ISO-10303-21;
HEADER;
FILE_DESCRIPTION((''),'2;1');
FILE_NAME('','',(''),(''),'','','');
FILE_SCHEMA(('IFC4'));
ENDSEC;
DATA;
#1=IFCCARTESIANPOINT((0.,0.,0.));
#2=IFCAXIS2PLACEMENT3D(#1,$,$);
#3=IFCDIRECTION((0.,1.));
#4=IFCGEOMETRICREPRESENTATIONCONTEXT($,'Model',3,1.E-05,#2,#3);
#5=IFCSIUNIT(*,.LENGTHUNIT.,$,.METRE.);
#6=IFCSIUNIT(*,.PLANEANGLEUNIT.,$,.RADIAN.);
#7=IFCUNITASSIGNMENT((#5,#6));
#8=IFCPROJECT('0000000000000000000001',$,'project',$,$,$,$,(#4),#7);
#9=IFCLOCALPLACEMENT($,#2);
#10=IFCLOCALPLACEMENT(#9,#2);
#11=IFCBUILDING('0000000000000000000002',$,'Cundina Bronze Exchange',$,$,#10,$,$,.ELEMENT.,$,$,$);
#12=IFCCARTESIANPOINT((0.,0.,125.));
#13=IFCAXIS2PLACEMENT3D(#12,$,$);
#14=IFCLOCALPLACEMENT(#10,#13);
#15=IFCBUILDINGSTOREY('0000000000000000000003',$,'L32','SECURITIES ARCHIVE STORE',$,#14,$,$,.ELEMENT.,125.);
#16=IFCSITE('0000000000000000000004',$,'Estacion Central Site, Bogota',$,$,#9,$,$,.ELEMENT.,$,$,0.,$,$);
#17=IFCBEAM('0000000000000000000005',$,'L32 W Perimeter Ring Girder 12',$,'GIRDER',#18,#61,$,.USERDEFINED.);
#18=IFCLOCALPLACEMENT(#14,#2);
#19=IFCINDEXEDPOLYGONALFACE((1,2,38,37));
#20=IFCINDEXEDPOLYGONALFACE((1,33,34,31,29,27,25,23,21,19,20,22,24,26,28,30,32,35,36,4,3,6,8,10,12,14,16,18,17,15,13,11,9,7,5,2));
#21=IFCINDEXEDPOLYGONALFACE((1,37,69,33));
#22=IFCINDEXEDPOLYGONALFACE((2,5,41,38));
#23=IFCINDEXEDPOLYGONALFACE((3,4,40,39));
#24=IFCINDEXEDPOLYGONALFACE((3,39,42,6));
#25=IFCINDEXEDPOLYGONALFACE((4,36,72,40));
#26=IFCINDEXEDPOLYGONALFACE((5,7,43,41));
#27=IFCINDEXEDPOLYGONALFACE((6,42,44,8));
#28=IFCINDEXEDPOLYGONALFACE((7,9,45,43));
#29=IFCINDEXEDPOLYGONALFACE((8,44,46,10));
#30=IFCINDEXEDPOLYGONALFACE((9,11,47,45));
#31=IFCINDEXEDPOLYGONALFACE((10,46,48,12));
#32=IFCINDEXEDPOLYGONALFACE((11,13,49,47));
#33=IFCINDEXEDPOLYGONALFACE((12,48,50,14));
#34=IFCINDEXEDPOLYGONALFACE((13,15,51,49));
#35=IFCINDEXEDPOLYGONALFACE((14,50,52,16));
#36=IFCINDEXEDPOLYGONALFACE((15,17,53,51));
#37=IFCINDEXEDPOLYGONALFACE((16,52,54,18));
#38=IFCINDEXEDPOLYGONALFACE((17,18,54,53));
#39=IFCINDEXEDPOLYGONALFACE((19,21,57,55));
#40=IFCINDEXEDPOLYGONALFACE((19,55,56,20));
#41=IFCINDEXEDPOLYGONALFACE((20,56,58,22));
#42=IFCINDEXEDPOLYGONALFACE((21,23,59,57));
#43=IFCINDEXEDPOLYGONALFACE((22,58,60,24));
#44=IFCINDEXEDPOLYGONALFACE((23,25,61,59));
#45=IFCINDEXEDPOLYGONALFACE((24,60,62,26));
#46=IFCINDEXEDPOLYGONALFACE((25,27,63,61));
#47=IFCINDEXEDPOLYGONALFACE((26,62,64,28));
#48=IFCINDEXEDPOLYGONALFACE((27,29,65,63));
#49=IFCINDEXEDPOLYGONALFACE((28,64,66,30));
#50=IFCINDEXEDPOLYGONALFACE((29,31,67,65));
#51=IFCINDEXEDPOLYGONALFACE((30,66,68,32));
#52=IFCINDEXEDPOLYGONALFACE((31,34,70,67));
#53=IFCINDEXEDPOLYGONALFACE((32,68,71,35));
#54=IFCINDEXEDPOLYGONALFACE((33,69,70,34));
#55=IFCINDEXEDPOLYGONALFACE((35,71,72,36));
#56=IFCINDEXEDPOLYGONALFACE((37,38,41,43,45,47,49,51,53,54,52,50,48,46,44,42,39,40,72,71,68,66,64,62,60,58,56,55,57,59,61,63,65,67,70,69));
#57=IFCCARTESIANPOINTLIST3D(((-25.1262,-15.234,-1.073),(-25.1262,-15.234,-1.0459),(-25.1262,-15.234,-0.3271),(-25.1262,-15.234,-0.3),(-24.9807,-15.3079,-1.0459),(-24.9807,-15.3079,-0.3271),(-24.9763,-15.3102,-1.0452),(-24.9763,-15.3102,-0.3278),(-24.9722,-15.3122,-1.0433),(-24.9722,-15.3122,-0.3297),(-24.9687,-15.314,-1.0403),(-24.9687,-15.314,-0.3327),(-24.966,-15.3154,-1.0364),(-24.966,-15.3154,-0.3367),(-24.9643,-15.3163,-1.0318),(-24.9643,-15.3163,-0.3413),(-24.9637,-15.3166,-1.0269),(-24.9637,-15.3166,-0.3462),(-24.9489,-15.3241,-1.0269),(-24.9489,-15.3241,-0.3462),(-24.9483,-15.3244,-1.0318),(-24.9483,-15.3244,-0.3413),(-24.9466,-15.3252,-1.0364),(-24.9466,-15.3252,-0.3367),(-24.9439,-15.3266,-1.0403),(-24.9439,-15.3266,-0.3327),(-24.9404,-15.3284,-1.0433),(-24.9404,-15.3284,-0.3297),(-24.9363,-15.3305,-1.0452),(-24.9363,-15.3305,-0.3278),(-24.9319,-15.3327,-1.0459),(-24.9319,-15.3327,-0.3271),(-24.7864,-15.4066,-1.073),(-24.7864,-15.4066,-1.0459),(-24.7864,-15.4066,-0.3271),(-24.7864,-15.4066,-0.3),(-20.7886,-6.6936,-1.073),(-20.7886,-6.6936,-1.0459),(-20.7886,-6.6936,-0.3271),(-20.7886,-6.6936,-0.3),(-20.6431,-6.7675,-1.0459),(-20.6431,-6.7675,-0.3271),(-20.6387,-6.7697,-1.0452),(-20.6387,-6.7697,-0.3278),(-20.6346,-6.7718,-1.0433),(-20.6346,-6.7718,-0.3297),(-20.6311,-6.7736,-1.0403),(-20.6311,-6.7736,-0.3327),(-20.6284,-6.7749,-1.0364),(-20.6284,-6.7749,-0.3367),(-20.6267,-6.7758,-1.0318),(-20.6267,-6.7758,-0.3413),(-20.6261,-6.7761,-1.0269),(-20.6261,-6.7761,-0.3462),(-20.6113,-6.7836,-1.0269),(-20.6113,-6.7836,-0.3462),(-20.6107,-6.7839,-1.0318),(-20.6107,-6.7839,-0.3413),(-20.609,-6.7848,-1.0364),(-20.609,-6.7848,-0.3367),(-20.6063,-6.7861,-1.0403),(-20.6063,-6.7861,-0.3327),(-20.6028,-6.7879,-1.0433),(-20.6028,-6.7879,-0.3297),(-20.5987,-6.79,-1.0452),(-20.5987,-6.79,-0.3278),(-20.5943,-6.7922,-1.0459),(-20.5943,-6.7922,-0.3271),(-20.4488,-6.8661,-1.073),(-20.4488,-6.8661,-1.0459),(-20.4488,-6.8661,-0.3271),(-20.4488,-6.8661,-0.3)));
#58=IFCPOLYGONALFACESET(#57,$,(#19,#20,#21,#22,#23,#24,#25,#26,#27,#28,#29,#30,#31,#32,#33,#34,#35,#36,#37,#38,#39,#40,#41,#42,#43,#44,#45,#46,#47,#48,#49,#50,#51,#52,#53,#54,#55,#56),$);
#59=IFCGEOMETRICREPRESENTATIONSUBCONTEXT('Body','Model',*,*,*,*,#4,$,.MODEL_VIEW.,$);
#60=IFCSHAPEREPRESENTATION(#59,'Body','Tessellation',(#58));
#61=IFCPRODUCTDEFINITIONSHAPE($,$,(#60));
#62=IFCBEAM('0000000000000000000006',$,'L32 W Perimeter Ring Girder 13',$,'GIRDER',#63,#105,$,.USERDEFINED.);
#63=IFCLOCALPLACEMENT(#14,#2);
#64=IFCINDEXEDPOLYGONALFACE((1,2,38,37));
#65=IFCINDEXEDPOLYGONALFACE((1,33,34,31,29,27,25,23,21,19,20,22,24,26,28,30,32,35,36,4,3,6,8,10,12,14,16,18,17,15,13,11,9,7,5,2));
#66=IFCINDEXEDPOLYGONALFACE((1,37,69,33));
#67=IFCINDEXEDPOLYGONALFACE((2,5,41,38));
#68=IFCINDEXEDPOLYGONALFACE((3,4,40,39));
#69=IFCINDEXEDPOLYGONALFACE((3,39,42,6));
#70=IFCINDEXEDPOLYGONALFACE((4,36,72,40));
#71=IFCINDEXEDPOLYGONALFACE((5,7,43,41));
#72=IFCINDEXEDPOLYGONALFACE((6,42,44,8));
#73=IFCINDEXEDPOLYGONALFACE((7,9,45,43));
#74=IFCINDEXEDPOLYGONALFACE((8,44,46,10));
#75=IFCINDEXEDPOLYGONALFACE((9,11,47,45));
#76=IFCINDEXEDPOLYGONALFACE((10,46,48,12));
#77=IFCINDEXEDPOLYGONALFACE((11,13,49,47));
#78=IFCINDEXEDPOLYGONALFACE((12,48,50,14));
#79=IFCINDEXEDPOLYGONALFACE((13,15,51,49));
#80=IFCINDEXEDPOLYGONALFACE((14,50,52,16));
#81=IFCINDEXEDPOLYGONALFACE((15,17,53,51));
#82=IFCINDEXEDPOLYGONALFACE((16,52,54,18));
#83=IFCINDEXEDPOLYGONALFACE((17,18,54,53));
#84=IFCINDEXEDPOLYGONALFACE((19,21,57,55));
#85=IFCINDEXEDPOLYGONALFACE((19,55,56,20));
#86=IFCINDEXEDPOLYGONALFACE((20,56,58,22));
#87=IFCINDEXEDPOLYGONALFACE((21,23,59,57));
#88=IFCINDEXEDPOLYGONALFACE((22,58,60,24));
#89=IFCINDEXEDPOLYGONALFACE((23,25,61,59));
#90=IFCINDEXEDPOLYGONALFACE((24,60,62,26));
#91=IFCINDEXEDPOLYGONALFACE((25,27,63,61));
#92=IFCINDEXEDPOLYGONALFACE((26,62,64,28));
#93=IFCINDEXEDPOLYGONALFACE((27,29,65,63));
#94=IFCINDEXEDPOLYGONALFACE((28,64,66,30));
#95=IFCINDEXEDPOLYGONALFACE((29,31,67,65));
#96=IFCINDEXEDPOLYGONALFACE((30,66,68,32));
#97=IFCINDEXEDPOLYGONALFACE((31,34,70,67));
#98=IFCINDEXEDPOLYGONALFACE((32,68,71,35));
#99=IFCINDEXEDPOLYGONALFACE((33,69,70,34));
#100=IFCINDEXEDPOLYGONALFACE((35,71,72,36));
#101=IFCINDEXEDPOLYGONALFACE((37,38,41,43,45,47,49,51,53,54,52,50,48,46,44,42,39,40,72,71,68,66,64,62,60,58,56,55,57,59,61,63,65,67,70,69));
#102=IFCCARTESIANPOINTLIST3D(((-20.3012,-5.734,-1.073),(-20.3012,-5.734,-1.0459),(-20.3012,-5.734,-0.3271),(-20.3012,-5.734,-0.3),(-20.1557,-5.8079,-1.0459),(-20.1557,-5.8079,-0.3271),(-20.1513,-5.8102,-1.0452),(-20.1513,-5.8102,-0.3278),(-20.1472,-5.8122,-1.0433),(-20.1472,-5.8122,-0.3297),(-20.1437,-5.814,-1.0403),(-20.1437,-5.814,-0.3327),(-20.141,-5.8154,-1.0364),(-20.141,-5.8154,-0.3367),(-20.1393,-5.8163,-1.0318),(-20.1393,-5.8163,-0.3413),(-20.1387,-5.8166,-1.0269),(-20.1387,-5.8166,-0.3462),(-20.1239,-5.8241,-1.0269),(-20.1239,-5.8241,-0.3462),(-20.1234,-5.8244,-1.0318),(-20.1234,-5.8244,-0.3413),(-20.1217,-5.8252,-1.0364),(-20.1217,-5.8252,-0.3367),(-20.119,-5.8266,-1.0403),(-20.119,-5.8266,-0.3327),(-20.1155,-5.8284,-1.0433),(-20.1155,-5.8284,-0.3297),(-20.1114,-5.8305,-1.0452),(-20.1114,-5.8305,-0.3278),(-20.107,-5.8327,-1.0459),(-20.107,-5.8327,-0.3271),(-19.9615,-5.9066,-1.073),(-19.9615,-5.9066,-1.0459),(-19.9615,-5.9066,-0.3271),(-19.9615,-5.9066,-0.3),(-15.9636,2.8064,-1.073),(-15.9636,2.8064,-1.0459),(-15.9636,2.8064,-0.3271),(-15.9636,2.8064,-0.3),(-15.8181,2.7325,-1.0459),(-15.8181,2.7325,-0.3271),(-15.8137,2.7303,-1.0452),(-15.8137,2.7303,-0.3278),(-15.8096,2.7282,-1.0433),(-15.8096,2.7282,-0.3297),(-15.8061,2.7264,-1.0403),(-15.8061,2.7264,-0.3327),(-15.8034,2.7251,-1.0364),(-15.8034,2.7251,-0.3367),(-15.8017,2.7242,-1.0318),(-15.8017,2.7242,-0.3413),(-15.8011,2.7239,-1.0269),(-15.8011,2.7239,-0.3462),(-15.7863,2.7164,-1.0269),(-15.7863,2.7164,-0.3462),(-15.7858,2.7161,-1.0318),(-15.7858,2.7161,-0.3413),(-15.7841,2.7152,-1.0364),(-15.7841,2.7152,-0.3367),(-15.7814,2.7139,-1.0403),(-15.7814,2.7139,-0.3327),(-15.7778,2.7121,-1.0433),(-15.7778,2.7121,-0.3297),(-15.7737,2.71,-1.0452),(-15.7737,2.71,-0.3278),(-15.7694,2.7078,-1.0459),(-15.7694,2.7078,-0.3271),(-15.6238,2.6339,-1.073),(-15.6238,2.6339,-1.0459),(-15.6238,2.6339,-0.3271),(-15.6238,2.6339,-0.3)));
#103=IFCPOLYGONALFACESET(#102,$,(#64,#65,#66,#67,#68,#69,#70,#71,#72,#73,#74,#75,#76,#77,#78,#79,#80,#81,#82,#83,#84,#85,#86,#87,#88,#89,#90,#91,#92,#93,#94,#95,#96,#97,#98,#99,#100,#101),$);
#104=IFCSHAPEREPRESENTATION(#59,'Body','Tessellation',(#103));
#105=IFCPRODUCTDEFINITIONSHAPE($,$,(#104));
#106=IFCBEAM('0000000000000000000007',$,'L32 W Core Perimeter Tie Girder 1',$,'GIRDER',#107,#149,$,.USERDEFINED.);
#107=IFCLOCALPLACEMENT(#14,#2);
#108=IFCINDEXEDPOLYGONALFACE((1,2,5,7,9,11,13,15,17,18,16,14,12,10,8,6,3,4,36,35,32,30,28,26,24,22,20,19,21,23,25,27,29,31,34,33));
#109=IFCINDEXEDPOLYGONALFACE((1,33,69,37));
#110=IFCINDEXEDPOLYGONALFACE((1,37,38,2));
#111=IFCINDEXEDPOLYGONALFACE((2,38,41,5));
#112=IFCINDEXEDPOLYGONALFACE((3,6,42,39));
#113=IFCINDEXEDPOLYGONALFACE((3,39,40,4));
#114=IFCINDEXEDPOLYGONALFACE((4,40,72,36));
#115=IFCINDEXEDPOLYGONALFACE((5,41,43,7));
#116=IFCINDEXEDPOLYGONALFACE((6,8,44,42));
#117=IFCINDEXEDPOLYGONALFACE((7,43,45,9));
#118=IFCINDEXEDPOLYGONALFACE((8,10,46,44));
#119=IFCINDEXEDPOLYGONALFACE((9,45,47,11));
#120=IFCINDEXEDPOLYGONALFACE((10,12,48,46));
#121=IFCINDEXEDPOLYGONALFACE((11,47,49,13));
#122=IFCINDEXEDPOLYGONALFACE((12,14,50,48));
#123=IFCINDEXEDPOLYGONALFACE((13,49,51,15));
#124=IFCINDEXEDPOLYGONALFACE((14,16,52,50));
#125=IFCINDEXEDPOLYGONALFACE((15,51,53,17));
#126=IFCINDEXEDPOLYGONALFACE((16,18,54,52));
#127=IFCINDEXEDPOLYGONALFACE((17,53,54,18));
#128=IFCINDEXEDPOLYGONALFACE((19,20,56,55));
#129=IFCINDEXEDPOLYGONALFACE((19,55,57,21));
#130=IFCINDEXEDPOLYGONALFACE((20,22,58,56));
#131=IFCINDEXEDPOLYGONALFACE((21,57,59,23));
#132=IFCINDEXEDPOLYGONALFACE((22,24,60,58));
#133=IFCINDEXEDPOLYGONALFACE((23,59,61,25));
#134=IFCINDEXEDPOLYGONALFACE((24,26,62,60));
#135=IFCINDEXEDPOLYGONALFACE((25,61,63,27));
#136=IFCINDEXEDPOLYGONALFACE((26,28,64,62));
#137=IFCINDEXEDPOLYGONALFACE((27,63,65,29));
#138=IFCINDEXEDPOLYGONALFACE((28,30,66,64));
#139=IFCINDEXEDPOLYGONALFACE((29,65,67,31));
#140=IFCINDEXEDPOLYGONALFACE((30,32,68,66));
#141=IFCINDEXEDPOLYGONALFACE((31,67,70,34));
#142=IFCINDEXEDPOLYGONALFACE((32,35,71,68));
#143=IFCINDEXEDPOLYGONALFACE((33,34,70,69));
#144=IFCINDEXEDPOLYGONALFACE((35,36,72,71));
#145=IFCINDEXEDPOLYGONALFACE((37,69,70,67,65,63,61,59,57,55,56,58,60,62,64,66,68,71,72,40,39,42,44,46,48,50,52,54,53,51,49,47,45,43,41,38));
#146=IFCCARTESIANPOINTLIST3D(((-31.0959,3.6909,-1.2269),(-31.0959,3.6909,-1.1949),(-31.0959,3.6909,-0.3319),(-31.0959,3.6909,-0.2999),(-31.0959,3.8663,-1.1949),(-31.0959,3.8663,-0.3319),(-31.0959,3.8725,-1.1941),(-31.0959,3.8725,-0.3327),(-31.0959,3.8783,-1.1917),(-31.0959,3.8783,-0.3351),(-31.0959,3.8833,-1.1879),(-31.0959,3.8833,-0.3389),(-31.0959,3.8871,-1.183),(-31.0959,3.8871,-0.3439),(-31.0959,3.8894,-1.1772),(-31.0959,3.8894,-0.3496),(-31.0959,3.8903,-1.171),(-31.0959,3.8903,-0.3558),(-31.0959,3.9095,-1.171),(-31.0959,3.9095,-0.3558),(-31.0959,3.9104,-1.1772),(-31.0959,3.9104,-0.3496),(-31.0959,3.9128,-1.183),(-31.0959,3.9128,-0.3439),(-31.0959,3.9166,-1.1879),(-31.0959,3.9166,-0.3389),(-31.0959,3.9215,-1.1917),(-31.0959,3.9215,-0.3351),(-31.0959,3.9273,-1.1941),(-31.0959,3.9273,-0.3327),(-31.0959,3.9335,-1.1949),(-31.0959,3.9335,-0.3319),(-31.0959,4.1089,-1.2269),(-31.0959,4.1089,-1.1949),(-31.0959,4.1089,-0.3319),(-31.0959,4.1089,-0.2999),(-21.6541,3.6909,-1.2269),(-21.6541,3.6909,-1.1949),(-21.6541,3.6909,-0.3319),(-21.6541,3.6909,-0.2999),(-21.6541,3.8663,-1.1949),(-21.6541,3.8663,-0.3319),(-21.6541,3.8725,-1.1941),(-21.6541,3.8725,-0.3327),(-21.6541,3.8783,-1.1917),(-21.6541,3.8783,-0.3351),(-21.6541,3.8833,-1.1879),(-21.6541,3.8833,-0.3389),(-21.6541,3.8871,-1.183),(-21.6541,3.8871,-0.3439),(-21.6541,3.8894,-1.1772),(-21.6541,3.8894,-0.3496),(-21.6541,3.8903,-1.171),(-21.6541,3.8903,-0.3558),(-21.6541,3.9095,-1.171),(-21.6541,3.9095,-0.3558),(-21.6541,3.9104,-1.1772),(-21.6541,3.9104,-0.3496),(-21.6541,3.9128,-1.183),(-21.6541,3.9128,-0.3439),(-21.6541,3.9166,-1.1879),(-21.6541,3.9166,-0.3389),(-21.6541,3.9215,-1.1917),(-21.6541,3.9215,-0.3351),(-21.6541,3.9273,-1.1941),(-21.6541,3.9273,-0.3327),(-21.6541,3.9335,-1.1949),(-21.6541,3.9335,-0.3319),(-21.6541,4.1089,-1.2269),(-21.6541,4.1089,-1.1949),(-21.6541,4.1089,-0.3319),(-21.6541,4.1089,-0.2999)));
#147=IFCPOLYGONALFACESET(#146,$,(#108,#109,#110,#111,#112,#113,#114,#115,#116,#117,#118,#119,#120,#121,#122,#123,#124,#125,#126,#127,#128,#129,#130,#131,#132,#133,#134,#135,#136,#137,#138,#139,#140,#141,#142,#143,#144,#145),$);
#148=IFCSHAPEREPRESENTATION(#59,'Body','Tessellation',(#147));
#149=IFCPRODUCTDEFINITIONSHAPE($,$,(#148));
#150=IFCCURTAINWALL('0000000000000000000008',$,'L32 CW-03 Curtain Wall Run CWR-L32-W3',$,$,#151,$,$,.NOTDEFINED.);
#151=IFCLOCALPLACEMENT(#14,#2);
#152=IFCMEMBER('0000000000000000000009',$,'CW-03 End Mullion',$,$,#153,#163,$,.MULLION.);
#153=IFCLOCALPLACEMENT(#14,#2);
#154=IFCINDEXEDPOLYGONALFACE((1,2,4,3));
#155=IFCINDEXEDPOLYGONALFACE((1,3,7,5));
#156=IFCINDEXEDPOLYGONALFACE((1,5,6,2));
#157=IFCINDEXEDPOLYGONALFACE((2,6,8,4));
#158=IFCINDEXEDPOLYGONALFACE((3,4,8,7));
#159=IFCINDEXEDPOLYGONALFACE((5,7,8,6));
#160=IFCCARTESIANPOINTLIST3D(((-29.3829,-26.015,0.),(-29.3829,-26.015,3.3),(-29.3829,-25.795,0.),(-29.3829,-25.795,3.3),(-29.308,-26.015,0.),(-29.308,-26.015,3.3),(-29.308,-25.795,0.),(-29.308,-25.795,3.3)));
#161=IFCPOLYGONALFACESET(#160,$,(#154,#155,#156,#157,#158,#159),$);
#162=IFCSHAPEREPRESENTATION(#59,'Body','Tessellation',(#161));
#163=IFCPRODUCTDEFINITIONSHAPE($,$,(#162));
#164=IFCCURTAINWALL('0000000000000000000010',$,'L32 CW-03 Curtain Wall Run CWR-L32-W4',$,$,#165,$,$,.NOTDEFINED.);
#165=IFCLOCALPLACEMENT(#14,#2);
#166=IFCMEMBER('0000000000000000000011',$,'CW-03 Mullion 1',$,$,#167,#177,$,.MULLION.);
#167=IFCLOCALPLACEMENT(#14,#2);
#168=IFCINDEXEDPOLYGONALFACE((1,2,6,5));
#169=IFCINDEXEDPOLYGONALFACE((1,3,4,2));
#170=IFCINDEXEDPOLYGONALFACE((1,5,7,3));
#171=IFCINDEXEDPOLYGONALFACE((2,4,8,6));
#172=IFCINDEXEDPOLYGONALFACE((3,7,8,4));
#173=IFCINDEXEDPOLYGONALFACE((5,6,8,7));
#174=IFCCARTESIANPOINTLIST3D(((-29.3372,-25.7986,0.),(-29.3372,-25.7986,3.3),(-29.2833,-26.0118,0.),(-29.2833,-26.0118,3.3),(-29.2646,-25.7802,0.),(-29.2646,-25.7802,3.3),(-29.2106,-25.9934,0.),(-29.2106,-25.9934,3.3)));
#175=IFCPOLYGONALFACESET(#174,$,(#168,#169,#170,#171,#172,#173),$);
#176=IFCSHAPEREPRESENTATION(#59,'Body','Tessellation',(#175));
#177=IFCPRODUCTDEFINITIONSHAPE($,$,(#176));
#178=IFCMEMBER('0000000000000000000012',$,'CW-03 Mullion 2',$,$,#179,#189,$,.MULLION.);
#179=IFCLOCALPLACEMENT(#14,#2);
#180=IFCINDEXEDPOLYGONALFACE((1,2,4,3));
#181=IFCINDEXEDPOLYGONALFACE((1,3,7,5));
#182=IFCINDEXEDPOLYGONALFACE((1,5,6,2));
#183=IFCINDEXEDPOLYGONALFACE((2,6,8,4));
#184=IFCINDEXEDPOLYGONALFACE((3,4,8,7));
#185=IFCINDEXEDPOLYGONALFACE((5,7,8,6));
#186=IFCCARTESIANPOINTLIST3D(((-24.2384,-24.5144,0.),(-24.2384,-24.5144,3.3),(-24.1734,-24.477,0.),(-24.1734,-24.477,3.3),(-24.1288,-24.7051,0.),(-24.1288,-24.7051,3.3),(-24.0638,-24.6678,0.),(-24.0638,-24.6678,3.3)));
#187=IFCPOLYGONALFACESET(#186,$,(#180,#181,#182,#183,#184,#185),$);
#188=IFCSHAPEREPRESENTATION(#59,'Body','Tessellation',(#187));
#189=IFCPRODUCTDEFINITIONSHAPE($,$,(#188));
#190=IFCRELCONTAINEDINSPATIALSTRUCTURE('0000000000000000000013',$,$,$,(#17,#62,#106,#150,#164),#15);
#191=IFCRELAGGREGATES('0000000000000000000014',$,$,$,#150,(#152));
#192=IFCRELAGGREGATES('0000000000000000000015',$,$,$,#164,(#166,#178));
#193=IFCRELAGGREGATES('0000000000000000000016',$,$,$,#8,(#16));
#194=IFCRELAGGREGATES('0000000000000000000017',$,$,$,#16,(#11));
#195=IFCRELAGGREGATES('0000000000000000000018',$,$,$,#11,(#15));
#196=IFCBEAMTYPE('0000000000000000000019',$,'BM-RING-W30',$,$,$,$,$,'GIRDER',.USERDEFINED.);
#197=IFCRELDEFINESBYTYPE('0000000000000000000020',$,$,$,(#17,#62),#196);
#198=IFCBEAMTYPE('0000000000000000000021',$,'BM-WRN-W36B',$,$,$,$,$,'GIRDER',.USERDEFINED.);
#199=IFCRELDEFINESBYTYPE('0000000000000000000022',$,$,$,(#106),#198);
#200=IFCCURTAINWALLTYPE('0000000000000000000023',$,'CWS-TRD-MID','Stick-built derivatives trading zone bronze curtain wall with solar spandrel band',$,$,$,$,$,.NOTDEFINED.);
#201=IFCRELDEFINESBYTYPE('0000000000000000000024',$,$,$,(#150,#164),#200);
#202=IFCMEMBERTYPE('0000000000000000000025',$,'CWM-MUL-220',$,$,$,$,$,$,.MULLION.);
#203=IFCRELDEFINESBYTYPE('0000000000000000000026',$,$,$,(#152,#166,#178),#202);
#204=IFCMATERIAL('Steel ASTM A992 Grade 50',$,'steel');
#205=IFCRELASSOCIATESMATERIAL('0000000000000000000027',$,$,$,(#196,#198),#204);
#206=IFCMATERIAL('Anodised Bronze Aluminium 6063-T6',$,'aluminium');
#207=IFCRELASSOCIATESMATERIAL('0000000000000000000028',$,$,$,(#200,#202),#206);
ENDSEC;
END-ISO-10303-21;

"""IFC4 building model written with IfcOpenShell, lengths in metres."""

from ifc_helpers import new_model, si_unit, direction, frame, origin, origin_2d, place, context, subcontext, project, spatial, rectangle, i_section, extrude, material, material_profile, profile_set, type_object, element, aggregate, save


model = new_model("IFC4")

# Units and contexts
model_context = context("Model", 3, precision=1e-05, world=origin(), true_north=direction((0.0, 1.0)))
body_context = subcontext(model_context, "Body", "Model", "MODEL_VIEW")
ifc_project = project(units=[si_unit("LENGTHUNIT", "METRE"), si_unit("PLANEANGLEUNIT", "RADIAN")], contexts=[model_context])

# Site, building, storey
site_placement = place(None, origin())
site = spatial("IfcSite", under=ifc_project, at=site_placement, Name="Estacion Central Site, Bogota", CompositionType="ELEMENT", RefElevation=0.0)
building_placement = place(site_placement, origin())
building = spatial("IfcBuilding", under=site, at=building_placement, Name="Cundina Bronze Exchange", CompositionType="ELEMENT")
storey_placement = place(building_placement, frame((0.0, 0.0, 125.0)))
storey = spatial("IfcBuildingStorey", under=building, at=storey_placement, Name="L32", Description="SECURITIES ARCHIVE STORE", CompositionType="ELEMENT", Elevation=125.0)

# Shared definitions
ifc_material_1 = material(Name="Steel ASTM A992 Grade 50", Category="steel")

# Beams
ifc_material_profile_1 = material_profile(ifc_material_1, i_section(OverallWidth=0.3811, OverallDepth=0.7729, WebThickness=0.0166, FlangeThickness=0.0271, FilletRadius=0.019, at=origin_2d()), Name="W30X173", Category="steel")
ifc_profile_set_1 = profile_set([ifc_material_profile_1], Name="Steel ASTM A992 Grade 50")
beam_type_1 = type_object("IfcBeamType", Name="BM-RING-W30", ElementType="GIRDER", PredefinedType="USERDEFINED", material=ifc_profile_set_1)
for number, where, z_axis, x_axis, name in (
    (1, (-24.9563, -15.3203, -0.6865), (0.452832, 0.891596, 0.0), (-0.891596, 0.452832, 0.0), "L32 W Perimeter Ring Girder 12"),
    (2, (-20.1313, -5.8203, -0.6865), (0.452832, 0.891596, 0.0), (-0.891596, 0.452832, 0.0), "L32 W Perimeter Ring Girder 13"),
):
    element("IfcBeam", number, at=place(storey_placement, frame(where, z_axis=z_axis, x_axis=x_axis)), inside=storey, type_object=beam_type_1, Name=name, ObjectType="GIRDER", PredefinedType="USERDEFINED", context=body_context, shape_type="SweptSolid", body=[
        extrude(i_section(OverallWidth=0.3811, OverallDepth=0.7729, WebThickness=0.0166, FlangeThickness=0.0271, FilletRadius=0.019, at=origin_2d()), origin(), (0.0, 0.0, 1.0), 9.5789),
    ])
ifc_material_profile_2 = material_profile(ifc_material_1, i_section(OverallWidth=0.418, OverallDepth=0.927, WebThickness=0.0193, FlangeThickness=0.032, FilletRadius=0.0239, at=origin_2d()), Name="W36X231", Category="steel")
ifc_profile_set_2 = profile_set([ifc_material_profile_2], Name="Steel ASTM A992 Grade 50")
beam_type_2 = type_object("IfcBeamType", Name="BM-WRN-W36B", ElementType="GIRDER", PredefinedType="USERDEFINED", material=ifc_profile_set_2)
beam_1_placement = place(storey_placement, frame((-31.0959, 3.8999, -0.7634), z_axis=(1.0, 0.0, 0.0), x_axis=(0.0, 1.0, 0.0)))
element("IfcBeam", 3, at=beam_1_placement, inside=storey, type_object=beam_type_2, Name="L32 W Core Perimeter Tie Girder 1", ObjectType="GIRDER", PredefinedType="USERDEFINED", context=body_context, shape_type="SweptSolid", body=[
    extrude(i_section(OverallWidth=0.418, OverallDepth=0.927, WebThickness=0.0193, FlangeThickness=0.032, FilletRadius=0.0239, at=origin_2d()), origin(), (0.0, 0.0, 1.0), 9.4419),
])

# Curtain wall, member
ifc_material_2 = material(Name="Anodised Bronze Aluminium 6063-T6", Category="aluminium")
curtain_wall_type = type_object("IfcCurtainWallType", Name="CWS-TRD-MID", Description="Stick-built derivatives trading zone bronze curtain wall with solar spandrel band", PredefinedType="NOTDEFINED", material=ifc_material_2)
curtain_wall_1_placement = place(storey_placement, origin())
curtain_wall_1 = element("IfcCurtainWall", 4, at=curtain_wall_1_placement, inside=storey, type_object=curtain_wall_type, Name="L32 CW-03 Curtain Wall Run CWR-L32-W3", PredefinedType="NOTDEFINED")
ifc_material_profile_3 = material_profile(ifc_material_2, rectangle(XDim=0.075, YDim=0.22, at=origin_2d()), Name="AL75X220", Category="aluminium")
ifc_profile_set_3 = profile_set([ifc_material_profile_3], Name="Anodised Bronze Aluminium 6063-T6")
member_type_1 = type_object("IfcMemberType", Name="CWM-MUL-220", PredefinedType="MULLION", material=ifc_profile_set_3)
member_1_placement = place(storey_placement, frame((-29.3455, -25.905, 0.0), z_axis=(0.0, 0.0, 1.0), x_axis=(1.0, 0.0, 0.0)))
member_1 = element("IfcMember", 5, at=member_1_placement, type_object=member_type_1, Name="CW-03 End Mullion", PredefinedType="MULLION", context=body_context, shape_type="SweptSolid", body=[
    extrude(rectangle(XDim=0.075, YDim=0.22, at=origin_2d()), origin(), (0.0, 0.0, 1.0), 3.3),
])
aggregate(curtain_wall_1, [member_1])

# Curtain wall, members
curtain_wall_2_placement = place(storey_placement, origin())
curtain_wall_2 = element("IfcCurtainWall", 6, at=curtain_wall_2_placement, inside=storey, type_object=curtain_wall_type, Name="L32 CW-03 Curtain Wall Run CWR-L32-W4", PredefinedType="NOTDEFINED")
member_2_placement = place(storey_placement, frame((-29.2739, -25.896, 0.0), z_axis=(0.0, 0.0, 1.0), x_axis=(0.969488, 0.245138, 0.0)))
member_2 = element("IfcMember", 7, at=member_2_placement, type_object=member_type_1, Name="CW-03 Mullion 1", PredefinedType="MULLION", context=body_context, shape_type="SweptSolid", body=[
    extrude(rectangle(XDim=0.075, YDim=0.22, at=origin_2d()), origin(), (0.0, 0.0, 1.0), 3.3),
])
member_3_placement = place(storey_placement, frame((-24.1511, -24.5911, 0.0), z_axis=(0.0, 0.0, 1.0), x_axis=(0.867071, 0.498185, 0.0)))
member_3 = element("IfcMember", 8, at=member_3_placement, type_object=member_type_1, Name="CW-03 Mullion 2", PredefinedType="MULLION", context=body_context, shape_type="SweptSolid", body=[
    extrude(rectangle(XDim=0.075, YDim=0.22, at=origin_2d()), origin(), (0.0, 0.0, 1.0), 3.3),
])
aggregate(curtain_wall_2, [member_2, member_3])

save(model, "model.ifc")
